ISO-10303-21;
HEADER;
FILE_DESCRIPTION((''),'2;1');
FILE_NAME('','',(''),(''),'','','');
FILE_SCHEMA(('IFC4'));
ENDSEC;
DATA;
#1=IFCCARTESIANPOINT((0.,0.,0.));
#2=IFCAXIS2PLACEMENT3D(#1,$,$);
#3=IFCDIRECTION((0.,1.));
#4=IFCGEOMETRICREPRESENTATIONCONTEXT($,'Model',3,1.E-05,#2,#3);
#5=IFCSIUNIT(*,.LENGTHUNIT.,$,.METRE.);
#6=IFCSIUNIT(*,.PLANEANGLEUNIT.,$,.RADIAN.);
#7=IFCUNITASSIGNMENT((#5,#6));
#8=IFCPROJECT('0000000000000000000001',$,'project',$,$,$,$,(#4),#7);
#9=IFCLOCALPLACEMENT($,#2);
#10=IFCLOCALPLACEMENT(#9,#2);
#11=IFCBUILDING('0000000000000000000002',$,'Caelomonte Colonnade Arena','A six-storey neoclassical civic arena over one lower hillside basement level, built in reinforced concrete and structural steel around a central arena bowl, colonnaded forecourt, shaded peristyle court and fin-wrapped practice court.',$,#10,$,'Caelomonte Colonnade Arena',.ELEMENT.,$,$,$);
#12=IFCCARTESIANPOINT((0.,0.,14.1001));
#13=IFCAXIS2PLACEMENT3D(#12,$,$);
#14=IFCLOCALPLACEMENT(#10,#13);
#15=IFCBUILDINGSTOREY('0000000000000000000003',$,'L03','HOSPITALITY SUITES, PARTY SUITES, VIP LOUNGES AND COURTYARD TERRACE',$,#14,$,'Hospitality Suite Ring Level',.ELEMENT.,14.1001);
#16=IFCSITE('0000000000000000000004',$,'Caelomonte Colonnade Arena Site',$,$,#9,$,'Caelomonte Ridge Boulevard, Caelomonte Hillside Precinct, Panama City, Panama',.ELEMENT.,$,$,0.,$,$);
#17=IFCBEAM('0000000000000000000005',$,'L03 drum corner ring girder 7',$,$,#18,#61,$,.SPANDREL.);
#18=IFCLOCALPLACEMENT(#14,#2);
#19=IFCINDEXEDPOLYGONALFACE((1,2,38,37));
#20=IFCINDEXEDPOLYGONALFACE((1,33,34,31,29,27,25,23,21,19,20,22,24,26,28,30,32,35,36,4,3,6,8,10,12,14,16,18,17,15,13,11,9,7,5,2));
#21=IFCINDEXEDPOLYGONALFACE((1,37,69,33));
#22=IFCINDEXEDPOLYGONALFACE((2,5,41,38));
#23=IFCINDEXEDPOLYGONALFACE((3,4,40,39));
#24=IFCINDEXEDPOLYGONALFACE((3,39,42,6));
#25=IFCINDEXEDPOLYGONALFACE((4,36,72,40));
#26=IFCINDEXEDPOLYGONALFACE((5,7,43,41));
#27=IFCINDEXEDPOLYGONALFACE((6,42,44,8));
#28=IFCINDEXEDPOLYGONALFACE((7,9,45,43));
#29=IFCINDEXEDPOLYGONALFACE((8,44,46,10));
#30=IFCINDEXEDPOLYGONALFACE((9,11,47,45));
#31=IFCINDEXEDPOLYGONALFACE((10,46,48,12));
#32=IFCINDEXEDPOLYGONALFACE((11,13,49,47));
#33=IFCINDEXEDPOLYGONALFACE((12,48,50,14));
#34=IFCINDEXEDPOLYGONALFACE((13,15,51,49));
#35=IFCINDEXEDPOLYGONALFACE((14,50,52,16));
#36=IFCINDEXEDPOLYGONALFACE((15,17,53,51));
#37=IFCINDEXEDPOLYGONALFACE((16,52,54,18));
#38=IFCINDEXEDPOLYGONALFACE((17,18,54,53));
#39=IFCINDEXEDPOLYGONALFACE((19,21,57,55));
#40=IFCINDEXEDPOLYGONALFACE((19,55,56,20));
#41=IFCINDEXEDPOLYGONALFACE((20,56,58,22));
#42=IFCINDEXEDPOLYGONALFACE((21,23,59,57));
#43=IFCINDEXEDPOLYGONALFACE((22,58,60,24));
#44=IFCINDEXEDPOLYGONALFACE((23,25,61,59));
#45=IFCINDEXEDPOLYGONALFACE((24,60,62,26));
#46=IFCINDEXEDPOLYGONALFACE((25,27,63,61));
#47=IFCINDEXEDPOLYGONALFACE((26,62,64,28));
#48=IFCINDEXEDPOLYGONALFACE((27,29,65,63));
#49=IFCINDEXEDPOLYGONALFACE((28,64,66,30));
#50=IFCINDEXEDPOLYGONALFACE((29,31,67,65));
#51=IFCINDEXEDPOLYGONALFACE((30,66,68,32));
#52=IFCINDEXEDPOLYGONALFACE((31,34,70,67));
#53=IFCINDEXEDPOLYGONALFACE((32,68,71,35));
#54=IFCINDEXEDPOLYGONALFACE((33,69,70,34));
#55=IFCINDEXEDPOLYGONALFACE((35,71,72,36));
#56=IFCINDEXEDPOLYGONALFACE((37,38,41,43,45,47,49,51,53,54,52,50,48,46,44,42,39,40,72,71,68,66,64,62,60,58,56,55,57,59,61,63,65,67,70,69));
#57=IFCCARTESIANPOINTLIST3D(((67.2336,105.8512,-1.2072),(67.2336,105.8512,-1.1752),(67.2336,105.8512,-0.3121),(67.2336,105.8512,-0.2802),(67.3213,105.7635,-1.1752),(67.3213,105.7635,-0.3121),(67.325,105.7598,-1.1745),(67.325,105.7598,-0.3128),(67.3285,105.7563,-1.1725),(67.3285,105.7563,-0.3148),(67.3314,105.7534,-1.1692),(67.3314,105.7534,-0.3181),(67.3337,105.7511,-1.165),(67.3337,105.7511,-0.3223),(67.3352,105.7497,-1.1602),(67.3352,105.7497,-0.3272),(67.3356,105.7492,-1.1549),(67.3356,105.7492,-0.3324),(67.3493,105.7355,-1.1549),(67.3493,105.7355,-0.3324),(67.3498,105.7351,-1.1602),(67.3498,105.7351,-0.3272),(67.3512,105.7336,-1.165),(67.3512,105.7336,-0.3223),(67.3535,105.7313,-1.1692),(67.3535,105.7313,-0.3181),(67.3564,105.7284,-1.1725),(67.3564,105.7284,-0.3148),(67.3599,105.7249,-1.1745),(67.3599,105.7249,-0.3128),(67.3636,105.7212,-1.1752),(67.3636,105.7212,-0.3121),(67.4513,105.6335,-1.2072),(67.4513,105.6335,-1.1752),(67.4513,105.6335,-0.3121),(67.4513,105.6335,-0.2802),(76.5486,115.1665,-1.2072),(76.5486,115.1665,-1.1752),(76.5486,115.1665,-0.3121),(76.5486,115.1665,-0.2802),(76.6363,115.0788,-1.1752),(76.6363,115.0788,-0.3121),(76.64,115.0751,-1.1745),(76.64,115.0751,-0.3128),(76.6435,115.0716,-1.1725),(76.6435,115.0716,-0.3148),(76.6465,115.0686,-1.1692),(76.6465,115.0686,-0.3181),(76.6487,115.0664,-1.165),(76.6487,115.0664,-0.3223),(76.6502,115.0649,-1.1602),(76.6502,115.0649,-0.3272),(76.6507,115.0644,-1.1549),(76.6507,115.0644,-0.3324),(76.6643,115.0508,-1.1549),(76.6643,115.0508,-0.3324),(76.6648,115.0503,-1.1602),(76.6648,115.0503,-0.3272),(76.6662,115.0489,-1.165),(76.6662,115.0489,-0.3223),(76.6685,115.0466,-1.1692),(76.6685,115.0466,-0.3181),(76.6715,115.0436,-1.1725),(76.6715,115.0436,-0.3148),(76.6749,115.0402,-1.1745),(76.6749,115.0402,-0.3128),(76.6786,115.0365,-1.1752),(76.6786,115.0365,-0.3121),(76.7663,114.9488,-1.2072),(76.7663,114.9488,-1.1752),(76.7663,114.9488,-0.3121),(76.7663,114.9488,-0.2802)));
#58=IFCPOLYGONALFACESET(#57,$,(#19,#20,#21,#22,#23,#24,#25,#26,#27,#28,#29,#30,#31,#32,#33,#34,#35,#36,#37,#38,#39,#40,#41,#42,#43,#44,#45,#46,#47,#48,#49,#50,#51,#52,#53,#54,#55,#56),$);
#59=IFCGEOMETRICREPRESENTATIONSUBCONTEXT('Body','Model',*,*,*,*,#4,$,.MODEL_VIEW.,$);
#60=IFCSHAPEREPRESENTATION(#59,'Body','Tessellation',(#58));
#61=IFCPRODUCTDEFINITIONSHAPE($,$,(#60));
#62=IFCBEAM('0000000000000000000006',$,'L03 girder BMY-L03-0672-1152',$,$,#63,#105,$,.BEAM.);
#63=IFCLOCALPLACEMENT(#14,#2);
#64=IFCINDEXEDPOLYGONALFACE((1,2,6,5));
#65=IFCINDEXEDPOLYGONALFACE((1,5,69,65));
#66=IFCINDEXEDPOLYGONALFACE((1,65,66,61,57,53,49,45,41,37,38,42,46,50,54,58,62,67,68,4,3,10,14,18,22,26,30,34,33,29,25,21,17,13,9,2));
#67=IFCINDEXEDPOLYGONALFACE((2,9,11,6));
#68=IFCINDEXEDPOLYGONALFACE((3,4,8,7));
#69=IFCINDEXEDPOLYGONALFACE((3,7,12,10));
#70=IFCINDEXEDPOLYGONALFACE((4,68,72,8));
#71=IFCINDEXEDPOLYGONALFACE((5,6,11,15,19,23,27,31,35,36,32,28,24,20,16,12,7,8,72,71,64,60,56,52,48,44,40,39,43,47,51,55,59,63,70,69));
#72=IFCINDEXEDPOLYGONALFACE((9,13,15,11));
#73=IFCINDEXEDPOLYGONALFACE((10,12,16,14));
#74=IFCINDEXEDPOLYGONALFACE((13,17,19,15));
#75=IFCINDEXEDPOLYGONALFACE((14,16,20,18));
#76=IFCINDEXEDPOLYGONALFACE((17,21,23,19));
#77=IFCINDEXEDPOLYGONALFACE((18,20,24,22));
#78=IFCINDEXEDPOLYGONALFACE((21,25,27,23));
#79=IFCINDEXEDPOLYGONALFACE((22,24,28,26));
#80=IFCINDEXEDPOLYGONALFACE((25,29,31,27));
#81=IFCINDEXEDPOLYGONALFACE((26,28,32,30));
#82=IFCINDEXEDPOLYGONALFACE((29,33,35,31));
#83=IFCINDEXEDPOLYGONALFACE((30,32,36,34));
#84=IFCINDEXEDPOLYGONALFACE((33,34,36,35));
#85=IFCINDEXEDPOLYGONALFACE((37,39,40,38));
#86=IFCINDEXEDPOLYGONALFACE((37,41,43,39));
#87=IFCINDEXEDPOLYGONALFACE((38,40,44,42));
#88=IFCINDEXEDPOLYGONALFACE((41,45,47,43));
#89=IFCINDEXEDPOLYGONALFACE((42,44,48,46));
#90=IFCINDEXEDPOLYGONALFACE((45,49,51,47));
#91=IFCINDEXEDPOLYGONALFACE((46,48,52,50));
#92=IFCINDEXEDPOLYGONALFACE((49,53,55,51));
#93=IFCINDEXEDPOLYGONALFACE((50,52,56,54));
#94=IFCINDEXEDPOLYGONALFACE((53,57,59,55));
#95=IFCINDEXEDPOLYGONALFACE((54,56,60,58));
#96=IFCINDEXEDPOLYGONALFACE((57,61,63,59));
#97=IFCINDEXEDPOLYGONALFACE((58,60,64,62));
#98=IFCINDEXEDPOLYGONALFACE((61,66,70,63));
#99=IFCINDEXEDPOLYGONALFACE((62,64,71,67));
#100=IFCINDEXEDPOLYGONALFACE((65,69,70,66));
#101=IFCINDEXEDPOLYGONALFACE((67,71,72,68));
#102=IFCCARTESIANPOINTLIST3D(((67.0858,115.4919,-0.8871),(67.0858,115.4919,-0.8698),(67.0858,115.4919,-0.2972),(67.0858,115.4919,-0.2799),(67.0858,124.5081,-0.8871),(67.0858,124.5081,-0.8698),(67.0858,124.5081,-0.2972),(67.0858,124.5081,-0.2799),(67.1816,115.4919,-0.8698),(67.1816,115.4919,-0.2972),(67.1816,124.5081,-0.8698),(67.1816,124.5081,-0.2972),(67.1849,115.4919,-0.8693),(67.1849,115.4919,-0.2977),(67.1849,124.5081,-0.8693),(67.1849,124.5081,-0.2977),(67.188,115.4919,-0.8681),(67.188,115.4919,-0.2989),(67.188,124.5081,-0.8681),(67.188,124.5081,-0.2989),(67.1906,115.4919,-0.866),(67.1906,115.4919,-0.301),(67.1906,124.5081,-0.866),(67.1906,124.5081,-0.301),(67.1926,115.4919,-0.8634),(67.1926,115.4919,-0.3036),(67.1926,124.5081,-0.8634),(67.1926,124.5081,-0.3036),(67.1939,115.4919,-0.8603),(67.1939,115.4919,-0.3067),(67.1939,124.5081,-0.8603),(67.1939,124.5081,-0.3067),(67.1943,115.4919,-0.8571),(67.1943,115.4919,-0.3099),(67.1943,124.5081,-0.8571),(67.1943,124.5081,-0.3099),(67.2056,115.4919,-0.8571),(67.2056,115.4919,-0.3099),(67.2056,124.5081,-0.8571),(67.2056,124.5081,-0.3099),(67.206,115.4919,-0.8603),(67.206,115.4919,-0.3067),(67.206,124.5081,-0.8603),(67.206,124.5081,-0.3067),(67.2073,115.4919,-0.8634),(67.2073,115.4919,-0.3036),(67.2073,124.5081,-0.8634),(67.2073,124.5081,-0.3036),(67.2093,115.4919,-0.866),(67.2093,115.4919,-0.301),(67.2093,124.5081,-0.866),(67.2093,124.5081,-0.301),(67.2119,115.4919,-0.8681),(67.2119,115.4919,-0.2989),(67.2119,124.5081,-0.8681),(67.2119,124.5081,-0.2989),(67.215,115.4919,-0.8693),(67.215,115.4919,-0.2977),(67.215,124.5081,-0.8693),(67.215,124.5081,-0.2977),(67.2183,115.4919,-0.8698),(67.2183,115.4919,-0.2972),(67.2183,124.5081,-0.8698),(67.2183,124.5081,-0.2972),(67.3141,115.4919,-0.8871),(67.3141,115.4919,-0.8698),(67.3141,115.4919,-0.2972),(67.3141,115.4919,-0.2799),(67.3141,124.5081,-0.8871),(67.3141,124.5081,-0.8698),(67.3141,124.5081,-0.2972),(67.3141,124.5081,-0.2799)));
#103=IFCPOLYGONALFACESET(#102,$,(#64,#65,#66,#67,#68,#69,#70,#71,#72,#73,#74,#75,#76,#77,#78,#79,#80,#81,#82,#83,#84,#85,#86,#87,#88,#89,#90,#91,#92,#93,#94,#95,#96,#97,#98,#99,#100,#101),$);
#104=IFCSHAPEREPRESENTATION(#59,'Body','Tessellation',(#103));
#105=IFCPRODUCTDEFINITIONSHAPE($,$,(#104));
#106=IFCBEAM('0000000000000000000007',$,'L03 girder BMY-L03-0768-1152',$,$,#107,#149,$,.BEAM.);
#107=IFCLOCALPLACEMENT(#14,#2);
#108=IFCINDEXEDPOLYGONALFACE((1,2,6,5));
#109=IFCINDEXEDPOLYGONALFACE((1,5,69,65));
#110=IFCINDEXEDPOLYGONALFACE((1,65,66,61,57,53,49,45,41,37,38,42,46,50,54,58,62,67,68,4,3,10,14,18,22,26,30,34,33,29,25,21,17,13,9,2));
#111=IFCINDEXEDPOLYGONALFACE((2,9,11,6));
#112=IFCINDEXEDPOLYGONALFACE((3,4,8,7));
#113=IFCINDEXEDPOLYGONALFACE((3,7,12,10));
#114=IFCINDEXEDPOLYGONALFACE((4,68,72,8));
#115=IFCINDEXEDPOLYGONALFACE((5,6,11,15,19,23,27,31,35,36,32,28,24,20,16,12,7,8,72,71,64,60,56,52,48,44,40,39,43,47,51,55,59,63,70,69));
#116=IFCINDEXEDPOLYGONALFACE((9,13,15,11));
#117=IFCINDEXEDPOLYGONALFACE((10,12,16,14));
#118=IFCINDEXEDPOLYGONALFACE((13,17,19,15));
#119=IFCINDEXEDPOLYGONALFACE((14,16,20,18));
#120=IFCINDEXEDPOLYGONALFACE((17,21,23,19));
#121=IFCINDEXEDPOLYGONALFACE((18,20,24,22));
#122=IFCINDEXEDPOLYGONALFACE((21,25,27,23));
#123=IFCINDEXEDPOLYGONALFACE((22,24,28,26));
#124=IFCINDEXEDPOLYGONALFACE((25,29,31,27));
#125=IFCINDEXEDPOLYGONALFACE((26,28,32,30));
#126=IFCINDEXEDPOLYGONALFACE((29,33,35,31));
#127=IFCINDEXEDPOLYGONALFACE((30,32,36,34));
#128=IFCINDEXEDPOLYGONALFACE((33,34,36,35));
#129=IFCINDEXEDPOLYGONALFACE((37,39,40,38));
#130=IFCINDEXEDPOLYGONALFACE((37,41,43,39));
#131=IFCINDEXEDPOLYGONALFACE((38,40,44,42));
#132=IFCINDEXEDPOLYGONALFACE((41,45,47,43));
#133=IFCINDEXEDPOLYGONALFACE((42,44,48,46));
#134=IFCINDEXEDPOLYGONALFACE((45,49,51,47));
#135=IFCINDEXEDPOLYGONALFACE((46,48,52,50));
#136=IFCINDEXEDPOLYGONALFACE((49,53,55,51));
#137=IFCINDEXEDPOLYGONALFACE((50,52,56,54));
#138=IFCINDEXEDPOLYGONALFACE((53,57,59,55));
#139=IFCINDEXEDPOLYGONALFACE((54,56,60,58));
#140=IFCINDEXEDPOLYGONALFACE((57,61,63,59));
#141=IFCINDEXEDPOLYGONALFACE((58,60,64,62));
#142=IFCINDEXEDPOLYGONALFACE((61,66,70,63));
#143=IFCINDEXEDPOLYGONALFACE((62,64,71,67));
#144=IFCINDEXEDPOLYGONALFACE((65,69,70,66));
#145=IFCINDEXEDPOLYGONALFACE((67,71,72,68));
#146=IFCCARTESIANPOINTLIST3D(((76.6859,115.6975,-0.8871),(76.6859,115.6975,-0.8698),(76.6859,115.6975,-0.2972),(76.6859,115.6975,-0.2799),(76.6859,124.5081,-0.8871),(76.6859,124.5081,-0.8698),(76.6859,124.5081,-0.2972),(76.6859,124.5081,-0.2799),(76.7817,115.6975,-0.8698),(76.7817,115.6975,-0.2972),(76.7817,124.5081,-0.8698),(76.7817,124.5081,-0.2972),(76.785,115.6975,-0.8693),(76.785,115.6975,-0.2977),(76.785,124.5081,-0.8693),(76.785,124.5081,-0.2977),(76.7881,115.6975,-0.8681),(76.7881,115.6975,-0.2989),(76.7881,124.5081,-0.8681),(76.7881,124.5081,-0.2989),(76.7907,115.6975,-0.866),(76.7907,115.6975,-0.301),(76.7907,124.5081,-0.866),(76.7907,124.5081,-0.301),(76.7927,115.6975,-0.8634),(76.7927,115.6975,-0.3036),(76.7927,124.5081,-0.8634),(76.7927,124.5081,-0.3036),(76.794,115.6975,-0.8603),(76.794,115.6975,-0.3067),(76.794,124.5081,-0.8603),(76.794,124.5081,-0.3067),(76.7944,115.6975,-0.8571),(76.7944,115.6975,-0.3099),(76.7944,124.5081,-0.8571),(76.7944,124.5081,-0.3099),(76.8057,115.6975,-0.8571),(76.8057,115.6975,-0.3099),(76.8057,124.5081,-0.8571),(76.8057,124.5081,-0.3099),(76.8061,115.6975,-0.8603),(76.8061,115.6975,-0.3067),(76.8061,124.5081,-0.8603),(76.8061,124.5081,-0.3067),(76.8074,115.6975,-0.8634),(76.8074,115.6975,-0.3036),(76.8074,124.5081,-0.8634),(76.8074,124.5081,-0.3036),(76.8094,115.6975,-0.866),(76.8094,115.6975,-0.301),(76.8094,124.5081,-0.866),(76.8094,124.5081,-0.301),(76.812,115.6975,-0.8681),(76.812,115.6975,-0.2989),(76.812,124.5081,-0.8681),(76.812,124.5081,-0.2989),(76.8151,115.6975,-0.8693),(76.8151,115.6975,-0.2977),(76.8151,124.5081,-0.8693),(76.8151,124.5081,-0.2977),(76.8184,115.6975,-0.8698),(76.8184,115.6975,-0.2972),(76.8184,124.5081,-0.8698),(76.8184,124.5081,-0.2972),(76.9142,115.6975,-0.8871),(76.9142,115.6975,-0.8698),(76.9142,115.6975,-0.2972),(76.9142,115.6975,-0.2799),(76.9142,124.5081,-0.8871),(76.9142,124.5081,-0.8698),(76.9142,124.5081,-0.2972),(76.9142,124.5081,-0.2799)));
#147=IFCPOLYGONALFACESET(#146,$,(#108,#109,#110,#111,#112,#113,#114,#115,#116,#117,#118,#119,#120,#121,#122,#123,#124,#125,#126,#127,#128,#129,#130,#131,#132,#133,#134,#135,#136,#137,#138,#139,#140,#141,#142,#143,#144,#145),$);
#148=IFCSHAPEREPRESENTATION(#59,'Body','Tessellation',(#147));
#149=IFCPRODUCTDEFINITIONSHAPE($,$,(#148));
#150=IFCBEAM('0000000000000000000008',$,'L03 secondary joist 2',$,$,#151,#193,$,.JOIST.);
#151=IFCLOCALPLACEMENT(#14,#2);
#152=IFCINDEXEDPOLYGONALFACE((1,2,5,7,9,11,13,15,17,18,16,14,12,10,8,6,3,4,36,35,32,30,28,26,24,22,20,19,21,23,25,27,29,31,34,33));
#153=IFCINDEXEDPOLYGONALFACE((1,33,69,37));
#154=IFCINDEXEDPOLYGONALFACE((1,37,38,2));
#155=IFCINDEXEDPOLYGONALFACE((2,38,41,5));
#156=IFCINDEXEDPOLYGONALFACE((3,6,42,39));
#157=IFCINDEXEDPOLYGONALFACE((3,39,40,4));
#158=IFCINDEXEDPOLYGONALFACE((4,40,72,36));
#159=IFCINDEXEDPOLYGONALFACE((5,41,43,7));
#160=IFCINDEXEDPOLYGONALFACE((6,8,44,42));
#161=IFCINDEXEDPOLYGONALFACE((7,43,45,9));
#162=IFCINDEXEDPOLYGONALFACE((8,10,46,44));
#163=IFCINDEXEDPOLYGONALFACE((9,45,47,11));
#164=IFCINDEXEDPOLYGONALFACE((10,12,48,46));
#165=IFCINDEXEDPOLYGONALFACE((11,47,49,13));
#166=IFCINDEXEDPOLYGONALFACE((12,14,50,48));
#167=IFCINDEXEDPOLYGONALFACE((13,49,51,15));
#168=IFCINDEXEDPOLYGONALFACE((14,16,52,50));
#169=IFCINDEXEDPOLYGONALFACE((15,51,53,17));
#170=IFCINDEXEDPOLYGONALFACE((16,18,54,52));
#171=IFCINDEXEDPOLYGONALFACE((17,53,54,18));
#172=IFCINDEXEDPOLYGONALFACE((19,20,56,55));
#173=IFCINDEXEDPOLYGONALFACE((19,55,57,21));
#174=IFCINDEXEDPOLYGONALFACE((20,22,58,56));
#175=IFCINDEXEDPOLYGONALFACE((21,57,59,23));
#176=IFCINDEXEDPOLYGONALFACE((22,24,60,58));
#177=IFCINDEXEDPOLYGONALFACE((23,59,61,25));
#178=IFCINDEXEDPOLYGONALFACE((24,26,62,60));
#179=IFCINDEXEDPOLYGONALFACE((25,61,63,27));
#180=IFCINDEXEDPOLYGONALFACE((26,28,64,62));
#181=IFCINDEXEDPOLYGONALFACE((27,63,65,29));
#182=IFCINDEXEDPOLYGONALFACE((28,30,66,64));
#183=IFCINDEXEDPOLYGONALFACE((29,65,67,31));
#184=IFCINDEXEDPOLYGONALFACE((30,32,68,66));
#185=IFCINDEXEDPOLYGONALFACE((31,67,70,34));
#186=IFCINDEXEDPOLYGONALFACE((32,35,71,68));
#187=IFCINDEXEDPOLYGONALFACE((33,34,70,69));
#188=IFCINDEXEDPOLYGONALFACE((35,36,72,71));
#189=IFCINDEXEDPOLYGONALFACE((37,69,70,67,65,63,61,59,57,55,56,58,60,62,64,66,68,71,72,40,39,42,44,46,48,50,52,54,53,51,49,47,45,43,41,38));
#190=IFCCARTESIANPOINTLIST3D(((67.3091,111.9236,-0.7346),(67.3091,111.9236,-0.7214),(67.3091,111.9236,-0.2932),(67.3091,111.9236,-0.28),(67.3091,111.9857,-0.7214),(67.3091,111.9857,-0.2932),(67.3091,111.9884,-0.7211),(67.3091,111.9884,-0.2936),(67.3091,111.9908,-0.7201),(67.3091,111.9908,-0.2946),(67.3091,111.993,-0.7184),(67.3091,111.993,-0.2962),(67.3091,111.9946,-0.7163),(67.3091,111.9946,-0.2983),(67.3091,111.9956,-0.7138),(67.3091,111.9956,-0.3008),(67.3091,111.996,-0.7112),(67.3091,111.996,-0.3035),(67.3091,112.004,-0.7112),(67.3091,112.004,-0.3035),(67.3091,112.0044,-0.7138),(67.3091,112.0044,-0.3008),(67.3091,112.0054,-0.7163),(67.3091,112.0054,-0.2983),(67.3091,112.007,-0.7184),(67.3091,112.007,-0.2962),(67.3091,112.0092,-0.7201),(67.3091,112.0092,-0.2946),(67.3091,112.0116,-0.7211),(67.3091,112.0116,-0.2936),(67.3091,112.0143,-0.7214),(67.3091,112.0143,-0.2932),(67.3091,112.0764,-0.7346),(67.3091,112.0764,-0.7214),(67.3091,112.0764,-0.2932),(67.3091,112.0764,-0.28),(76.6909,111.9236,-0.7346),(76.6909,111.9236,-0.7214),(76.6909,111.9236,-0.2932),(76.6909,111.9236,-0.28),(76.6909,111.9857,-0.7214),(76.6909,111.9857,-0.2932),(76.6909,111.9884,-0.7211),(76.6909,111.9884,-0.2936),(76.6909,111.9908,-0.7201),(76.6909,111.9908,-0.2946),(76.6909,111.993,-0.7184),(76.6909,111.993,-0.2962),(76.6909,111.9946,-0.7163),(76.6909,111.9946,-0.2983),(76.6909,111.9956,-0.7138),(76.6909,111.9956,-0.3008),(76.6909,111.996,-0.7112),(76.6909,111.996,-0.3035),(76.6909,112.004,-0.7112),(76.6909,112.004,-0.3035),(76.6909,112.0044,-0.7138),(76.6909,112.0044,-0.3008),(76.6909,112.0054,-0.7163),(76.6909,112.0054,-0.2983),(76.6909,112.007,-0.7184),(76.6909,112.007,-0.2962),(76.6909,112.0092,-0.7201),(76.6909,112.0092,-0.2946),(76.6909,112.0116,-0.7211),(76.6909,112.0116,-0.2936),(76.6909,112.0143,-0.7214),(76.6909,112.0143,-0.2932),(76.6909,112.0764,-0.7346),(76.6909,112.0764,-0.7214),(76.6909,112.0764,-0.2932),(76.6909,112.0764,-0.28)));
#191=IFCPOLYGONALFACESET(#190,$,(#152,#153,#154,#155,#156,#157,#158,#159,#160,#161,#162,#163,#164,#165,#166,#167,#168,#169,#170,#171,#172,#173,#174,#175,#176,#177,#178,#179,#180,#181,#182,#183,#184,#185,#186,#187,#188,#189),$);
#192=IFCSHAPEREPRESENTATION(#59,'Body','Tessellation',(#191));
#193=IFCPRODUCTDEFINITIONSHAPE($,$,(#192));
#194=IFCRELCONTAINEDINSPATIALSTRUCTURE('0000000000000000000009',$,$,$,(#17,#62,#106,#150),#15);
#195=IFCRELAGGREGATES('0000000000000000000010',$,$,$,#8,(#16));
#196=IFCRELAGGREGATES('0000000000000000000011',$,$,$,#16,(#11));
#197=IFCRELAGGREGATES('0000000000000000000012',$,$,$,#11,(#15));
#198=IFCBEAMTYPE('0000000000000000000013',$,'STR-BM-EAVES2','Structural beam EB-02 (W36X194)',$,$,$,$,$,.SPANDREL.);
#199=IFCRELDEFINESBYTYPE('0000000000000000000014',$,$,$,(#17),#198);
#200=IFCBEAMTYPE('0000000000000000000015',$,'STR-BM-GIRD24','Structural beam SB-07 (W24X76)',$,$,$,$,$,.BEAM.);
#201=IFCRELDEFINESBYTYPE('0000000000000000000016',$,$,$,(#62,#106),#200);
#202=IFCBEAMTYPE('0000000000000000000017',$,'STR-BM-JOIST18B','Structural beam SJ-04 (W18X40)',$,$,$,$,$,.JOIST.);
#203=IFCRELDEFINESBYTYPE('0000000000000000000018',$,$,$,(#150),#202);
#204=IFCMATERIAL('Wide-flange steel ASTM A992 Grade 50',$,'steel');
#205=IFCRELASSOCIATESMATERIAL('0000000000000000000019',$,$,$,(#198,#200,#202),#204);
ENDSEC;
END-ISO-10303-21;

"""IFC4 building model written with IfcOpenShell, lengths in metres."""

from ifc_helpers import new_model, si_unit, direction, frame, origin, origin_2d, place, context, subcontext, project, spatial, i_section, extrude, material, material_profile, profile_set, type_object, element, save


model = new_model("IFC4")

# Units and contexts
model_context = context("Model", 3, precision=1e-05, world=origin(), true_north=direction((0.0, 1.0)))
body_context = subcontext(model_context, "Body", "Model", "MODEL_VIEW")
ifc_project = project(units=[si_unit("LENGTHUNIT", "METRE"), si_unit("PLANEANGLEUNIT", "RADIAN")], contexts=[model_context])

# Site, building, storey
site_placement = place(None, origin())
site = spatial("IfcSite", under=ifc_project, at=site_placement, Name="Caelomonte Colonnade Arena Site", LongName="Caelomonte Ridge Boulevard, Caelomonte Hillside Precinct, Panama City, Panama", CompositionType="ELEMENT", RefElevation=0.0)
building_placement = place(site_placement, origin())
building = spatial("IfcBuilding", under=site, at=building_placement, Name="Caelomonte Colonnade Arena", Description="A six-storey neoclassical civic arena over one lower hillside basement level, built in reinforced concrete and structural steel around a central arena bowl, colonnaded forecourt, shaded peristyle court and fin-wrapped practice court.", LongName="Caelomonte Colonnade Arena", CompositionType="ELEMENT")
storey_placement = place(building_placement, frame((0.0, 0.0, 14.1001)))
storey = spatial("IfcBuildingStorey", under=building, at=storey_placement, Name="L03", Description="HOSPITALITY SUITES, PARTY SUITES, VIP LOUNGES AND COURTYARD TERRACE", LongName="Hospitality Suite Ring Level", CompositionType="ELEMENT", Elevation=14.1001)

# Shared definitions
ifc_material_1 = material(Name="Wide-flange steel ASTM A992 Grade 50", Category="steel")

# Beams
ifc_material_profile_1 = material_profile(ifc_material_1, i_section(OverallWidth=0.3079, OverallDepth=0.927, WebThickness=0.0193, FlangeThickness=0.032, FilletRadius=0.0203, at=origin_2d()), Name="W36X194")
ifc_profile_set_1 = profile_set([ifc_material_profile_1], Name="Wide-flange steel ASTM A992 Grade 50")
beam_type_1 = type_object("IfcBeamType", Name="STR-BM-EAVES2", Description="Structural beam EB-02 (W36X194)", PredefinedType="SPANDREL", material=ifc_profile_set_1)
beam_1_placement = place(storey_placement, frame((76.6575, 115.0576, -0.7437), z_axis=(-0.707098, -0.707116, 0.0), x_axis=(0.707116, -0.707098, 0.0)))
element("IfcBeam", 1, at=beam_1_placement, inside=storey, type_object=beam_type_1, Name="L03 drum corner ring girder 7", PredefinedType="SPANDREL", context=body_context, shape_type="SweptSolid", body=[
    extrude(i_section(OverallWidth=0.3079, OverallDepth=0.927, WebThickness=0.0193, FlangeThickness=0.032, FilletRadius=0.0203, at=origin_2d()), origin(), (0.0, 0.0, 1.0), 13.1736),
])
ifc_material_profile_2 = material_profile(ifc_material_1, i_section(OverallWidth=0.2283, OverallDepth=0.6072, WebThickness=0.0112, FlangeThickness=0.0173, FilletRadius=0.0127, at=origin_2d()), Name="W24X76")
ifc_profile_set_2 = profile_set([ifc_material_profile_2], Name="Wide-flange steel ASTM A992 Grade 50")
beam_type_2 = type_object("IfcBeamType", Name="STR-BM-GIRD24", Description="Structural beam SB-07 (W24X76)", PredefinedType="BEAM", material=ifc_profile_set_2)
beam_2_placement = place(storey_placement, frame((67.2, 115.4919, -0.5835), z_axis=(0.0, 1.0, 0.0), x_axis=(-1.0, 0.0, 0.0)))
element("IfcBeam", 2, at=beam_2_placement, inside=storey, type_object=beam_type_2, Name="L03 girder BMY-L03-0672-1152", PredefinedType="BEAM", context=body_context, shape_type="SweptSolid", body=[
    extrude(i_section(OverallWidth=0.2283, OverallDepth=0.6072, WebThickness=0.0112, FlangeThickness=0.0173, FilletRadius=0.0127, at=origin_2d()), origin(), (0.0, 0.0, 1.0), 9.0161),
])
beam_3_placement = place(storey_placement, frame((76.8, 115.6975, -0.5835), z_axis=(0.0, 1.0, 0.0), x_axis=(-1.0, 0.0, 0.0)))
element("IfcBeam", 3, at=beam_3_placement, inside=storey, type_object=beam_type_2, Name="L03 girder BMY-L03-0768-1152", PredefinedType="BEAM", context=body_context, shape_type="SweptSolid", body=[
    extrude(i_section(OverallWidth=0.2283, OverallDepth=0.6072, WebThickness=0.0112, FlangeThickness=0.0173, FilletRadius=0.0127, at=origin_2d()), origin(), (0.0, 0.0, 1.0), 8.8105),
])
ifc_material_profile_3 = material_profile(ifc_material_1, i_section(OverallWidth=0.1528, OverallDepth=0.4546, WebThickness=0.0081, FlangeThickness=0.0132, FilletRadius=0.0103, at=origin_2d()), Name="W18X40")
ifc_profile_set_3 = profile_set([ifc_material_profile_3], Name="Wide-flange steel ASTM A992 Grade 50")
beam_type_3 = type_object("IfcBeamType", Name="STR-BM-JOIST18B", Description="Structural beam SJ-04 (W18X40)", PredefinedType="JOIST", material=ifc_profile_set_3)
for number, where, z_axis, x_axis, name in (
    (4, (67.3091, 112.0, -0.5073), (1.0, 0.0, 0.0), (0.0, 1.0, 0.0), "L03 secondary joist 2"),
):
    element("IfcBeam", number, at=place(storey_placement, frame(where, z_axis=z_axis, x_axis=x_axis)), inside=storey, type_object=beam_type_3, Name=name, PredefinedType="JOIST", context=body_context, shape_type="SweptSolid", body=[
        extrude(i_section(OverallWidth=0.1528, OverallDepth=0.4546, WebThickness=0.0081, FlangeThickness=0.0132, FilletRadius=0.0103, at=origin_2d()), origin(), (0.0, 0.0, 1.0), 9.3818),
    ])

save(model, "model.ifc")
